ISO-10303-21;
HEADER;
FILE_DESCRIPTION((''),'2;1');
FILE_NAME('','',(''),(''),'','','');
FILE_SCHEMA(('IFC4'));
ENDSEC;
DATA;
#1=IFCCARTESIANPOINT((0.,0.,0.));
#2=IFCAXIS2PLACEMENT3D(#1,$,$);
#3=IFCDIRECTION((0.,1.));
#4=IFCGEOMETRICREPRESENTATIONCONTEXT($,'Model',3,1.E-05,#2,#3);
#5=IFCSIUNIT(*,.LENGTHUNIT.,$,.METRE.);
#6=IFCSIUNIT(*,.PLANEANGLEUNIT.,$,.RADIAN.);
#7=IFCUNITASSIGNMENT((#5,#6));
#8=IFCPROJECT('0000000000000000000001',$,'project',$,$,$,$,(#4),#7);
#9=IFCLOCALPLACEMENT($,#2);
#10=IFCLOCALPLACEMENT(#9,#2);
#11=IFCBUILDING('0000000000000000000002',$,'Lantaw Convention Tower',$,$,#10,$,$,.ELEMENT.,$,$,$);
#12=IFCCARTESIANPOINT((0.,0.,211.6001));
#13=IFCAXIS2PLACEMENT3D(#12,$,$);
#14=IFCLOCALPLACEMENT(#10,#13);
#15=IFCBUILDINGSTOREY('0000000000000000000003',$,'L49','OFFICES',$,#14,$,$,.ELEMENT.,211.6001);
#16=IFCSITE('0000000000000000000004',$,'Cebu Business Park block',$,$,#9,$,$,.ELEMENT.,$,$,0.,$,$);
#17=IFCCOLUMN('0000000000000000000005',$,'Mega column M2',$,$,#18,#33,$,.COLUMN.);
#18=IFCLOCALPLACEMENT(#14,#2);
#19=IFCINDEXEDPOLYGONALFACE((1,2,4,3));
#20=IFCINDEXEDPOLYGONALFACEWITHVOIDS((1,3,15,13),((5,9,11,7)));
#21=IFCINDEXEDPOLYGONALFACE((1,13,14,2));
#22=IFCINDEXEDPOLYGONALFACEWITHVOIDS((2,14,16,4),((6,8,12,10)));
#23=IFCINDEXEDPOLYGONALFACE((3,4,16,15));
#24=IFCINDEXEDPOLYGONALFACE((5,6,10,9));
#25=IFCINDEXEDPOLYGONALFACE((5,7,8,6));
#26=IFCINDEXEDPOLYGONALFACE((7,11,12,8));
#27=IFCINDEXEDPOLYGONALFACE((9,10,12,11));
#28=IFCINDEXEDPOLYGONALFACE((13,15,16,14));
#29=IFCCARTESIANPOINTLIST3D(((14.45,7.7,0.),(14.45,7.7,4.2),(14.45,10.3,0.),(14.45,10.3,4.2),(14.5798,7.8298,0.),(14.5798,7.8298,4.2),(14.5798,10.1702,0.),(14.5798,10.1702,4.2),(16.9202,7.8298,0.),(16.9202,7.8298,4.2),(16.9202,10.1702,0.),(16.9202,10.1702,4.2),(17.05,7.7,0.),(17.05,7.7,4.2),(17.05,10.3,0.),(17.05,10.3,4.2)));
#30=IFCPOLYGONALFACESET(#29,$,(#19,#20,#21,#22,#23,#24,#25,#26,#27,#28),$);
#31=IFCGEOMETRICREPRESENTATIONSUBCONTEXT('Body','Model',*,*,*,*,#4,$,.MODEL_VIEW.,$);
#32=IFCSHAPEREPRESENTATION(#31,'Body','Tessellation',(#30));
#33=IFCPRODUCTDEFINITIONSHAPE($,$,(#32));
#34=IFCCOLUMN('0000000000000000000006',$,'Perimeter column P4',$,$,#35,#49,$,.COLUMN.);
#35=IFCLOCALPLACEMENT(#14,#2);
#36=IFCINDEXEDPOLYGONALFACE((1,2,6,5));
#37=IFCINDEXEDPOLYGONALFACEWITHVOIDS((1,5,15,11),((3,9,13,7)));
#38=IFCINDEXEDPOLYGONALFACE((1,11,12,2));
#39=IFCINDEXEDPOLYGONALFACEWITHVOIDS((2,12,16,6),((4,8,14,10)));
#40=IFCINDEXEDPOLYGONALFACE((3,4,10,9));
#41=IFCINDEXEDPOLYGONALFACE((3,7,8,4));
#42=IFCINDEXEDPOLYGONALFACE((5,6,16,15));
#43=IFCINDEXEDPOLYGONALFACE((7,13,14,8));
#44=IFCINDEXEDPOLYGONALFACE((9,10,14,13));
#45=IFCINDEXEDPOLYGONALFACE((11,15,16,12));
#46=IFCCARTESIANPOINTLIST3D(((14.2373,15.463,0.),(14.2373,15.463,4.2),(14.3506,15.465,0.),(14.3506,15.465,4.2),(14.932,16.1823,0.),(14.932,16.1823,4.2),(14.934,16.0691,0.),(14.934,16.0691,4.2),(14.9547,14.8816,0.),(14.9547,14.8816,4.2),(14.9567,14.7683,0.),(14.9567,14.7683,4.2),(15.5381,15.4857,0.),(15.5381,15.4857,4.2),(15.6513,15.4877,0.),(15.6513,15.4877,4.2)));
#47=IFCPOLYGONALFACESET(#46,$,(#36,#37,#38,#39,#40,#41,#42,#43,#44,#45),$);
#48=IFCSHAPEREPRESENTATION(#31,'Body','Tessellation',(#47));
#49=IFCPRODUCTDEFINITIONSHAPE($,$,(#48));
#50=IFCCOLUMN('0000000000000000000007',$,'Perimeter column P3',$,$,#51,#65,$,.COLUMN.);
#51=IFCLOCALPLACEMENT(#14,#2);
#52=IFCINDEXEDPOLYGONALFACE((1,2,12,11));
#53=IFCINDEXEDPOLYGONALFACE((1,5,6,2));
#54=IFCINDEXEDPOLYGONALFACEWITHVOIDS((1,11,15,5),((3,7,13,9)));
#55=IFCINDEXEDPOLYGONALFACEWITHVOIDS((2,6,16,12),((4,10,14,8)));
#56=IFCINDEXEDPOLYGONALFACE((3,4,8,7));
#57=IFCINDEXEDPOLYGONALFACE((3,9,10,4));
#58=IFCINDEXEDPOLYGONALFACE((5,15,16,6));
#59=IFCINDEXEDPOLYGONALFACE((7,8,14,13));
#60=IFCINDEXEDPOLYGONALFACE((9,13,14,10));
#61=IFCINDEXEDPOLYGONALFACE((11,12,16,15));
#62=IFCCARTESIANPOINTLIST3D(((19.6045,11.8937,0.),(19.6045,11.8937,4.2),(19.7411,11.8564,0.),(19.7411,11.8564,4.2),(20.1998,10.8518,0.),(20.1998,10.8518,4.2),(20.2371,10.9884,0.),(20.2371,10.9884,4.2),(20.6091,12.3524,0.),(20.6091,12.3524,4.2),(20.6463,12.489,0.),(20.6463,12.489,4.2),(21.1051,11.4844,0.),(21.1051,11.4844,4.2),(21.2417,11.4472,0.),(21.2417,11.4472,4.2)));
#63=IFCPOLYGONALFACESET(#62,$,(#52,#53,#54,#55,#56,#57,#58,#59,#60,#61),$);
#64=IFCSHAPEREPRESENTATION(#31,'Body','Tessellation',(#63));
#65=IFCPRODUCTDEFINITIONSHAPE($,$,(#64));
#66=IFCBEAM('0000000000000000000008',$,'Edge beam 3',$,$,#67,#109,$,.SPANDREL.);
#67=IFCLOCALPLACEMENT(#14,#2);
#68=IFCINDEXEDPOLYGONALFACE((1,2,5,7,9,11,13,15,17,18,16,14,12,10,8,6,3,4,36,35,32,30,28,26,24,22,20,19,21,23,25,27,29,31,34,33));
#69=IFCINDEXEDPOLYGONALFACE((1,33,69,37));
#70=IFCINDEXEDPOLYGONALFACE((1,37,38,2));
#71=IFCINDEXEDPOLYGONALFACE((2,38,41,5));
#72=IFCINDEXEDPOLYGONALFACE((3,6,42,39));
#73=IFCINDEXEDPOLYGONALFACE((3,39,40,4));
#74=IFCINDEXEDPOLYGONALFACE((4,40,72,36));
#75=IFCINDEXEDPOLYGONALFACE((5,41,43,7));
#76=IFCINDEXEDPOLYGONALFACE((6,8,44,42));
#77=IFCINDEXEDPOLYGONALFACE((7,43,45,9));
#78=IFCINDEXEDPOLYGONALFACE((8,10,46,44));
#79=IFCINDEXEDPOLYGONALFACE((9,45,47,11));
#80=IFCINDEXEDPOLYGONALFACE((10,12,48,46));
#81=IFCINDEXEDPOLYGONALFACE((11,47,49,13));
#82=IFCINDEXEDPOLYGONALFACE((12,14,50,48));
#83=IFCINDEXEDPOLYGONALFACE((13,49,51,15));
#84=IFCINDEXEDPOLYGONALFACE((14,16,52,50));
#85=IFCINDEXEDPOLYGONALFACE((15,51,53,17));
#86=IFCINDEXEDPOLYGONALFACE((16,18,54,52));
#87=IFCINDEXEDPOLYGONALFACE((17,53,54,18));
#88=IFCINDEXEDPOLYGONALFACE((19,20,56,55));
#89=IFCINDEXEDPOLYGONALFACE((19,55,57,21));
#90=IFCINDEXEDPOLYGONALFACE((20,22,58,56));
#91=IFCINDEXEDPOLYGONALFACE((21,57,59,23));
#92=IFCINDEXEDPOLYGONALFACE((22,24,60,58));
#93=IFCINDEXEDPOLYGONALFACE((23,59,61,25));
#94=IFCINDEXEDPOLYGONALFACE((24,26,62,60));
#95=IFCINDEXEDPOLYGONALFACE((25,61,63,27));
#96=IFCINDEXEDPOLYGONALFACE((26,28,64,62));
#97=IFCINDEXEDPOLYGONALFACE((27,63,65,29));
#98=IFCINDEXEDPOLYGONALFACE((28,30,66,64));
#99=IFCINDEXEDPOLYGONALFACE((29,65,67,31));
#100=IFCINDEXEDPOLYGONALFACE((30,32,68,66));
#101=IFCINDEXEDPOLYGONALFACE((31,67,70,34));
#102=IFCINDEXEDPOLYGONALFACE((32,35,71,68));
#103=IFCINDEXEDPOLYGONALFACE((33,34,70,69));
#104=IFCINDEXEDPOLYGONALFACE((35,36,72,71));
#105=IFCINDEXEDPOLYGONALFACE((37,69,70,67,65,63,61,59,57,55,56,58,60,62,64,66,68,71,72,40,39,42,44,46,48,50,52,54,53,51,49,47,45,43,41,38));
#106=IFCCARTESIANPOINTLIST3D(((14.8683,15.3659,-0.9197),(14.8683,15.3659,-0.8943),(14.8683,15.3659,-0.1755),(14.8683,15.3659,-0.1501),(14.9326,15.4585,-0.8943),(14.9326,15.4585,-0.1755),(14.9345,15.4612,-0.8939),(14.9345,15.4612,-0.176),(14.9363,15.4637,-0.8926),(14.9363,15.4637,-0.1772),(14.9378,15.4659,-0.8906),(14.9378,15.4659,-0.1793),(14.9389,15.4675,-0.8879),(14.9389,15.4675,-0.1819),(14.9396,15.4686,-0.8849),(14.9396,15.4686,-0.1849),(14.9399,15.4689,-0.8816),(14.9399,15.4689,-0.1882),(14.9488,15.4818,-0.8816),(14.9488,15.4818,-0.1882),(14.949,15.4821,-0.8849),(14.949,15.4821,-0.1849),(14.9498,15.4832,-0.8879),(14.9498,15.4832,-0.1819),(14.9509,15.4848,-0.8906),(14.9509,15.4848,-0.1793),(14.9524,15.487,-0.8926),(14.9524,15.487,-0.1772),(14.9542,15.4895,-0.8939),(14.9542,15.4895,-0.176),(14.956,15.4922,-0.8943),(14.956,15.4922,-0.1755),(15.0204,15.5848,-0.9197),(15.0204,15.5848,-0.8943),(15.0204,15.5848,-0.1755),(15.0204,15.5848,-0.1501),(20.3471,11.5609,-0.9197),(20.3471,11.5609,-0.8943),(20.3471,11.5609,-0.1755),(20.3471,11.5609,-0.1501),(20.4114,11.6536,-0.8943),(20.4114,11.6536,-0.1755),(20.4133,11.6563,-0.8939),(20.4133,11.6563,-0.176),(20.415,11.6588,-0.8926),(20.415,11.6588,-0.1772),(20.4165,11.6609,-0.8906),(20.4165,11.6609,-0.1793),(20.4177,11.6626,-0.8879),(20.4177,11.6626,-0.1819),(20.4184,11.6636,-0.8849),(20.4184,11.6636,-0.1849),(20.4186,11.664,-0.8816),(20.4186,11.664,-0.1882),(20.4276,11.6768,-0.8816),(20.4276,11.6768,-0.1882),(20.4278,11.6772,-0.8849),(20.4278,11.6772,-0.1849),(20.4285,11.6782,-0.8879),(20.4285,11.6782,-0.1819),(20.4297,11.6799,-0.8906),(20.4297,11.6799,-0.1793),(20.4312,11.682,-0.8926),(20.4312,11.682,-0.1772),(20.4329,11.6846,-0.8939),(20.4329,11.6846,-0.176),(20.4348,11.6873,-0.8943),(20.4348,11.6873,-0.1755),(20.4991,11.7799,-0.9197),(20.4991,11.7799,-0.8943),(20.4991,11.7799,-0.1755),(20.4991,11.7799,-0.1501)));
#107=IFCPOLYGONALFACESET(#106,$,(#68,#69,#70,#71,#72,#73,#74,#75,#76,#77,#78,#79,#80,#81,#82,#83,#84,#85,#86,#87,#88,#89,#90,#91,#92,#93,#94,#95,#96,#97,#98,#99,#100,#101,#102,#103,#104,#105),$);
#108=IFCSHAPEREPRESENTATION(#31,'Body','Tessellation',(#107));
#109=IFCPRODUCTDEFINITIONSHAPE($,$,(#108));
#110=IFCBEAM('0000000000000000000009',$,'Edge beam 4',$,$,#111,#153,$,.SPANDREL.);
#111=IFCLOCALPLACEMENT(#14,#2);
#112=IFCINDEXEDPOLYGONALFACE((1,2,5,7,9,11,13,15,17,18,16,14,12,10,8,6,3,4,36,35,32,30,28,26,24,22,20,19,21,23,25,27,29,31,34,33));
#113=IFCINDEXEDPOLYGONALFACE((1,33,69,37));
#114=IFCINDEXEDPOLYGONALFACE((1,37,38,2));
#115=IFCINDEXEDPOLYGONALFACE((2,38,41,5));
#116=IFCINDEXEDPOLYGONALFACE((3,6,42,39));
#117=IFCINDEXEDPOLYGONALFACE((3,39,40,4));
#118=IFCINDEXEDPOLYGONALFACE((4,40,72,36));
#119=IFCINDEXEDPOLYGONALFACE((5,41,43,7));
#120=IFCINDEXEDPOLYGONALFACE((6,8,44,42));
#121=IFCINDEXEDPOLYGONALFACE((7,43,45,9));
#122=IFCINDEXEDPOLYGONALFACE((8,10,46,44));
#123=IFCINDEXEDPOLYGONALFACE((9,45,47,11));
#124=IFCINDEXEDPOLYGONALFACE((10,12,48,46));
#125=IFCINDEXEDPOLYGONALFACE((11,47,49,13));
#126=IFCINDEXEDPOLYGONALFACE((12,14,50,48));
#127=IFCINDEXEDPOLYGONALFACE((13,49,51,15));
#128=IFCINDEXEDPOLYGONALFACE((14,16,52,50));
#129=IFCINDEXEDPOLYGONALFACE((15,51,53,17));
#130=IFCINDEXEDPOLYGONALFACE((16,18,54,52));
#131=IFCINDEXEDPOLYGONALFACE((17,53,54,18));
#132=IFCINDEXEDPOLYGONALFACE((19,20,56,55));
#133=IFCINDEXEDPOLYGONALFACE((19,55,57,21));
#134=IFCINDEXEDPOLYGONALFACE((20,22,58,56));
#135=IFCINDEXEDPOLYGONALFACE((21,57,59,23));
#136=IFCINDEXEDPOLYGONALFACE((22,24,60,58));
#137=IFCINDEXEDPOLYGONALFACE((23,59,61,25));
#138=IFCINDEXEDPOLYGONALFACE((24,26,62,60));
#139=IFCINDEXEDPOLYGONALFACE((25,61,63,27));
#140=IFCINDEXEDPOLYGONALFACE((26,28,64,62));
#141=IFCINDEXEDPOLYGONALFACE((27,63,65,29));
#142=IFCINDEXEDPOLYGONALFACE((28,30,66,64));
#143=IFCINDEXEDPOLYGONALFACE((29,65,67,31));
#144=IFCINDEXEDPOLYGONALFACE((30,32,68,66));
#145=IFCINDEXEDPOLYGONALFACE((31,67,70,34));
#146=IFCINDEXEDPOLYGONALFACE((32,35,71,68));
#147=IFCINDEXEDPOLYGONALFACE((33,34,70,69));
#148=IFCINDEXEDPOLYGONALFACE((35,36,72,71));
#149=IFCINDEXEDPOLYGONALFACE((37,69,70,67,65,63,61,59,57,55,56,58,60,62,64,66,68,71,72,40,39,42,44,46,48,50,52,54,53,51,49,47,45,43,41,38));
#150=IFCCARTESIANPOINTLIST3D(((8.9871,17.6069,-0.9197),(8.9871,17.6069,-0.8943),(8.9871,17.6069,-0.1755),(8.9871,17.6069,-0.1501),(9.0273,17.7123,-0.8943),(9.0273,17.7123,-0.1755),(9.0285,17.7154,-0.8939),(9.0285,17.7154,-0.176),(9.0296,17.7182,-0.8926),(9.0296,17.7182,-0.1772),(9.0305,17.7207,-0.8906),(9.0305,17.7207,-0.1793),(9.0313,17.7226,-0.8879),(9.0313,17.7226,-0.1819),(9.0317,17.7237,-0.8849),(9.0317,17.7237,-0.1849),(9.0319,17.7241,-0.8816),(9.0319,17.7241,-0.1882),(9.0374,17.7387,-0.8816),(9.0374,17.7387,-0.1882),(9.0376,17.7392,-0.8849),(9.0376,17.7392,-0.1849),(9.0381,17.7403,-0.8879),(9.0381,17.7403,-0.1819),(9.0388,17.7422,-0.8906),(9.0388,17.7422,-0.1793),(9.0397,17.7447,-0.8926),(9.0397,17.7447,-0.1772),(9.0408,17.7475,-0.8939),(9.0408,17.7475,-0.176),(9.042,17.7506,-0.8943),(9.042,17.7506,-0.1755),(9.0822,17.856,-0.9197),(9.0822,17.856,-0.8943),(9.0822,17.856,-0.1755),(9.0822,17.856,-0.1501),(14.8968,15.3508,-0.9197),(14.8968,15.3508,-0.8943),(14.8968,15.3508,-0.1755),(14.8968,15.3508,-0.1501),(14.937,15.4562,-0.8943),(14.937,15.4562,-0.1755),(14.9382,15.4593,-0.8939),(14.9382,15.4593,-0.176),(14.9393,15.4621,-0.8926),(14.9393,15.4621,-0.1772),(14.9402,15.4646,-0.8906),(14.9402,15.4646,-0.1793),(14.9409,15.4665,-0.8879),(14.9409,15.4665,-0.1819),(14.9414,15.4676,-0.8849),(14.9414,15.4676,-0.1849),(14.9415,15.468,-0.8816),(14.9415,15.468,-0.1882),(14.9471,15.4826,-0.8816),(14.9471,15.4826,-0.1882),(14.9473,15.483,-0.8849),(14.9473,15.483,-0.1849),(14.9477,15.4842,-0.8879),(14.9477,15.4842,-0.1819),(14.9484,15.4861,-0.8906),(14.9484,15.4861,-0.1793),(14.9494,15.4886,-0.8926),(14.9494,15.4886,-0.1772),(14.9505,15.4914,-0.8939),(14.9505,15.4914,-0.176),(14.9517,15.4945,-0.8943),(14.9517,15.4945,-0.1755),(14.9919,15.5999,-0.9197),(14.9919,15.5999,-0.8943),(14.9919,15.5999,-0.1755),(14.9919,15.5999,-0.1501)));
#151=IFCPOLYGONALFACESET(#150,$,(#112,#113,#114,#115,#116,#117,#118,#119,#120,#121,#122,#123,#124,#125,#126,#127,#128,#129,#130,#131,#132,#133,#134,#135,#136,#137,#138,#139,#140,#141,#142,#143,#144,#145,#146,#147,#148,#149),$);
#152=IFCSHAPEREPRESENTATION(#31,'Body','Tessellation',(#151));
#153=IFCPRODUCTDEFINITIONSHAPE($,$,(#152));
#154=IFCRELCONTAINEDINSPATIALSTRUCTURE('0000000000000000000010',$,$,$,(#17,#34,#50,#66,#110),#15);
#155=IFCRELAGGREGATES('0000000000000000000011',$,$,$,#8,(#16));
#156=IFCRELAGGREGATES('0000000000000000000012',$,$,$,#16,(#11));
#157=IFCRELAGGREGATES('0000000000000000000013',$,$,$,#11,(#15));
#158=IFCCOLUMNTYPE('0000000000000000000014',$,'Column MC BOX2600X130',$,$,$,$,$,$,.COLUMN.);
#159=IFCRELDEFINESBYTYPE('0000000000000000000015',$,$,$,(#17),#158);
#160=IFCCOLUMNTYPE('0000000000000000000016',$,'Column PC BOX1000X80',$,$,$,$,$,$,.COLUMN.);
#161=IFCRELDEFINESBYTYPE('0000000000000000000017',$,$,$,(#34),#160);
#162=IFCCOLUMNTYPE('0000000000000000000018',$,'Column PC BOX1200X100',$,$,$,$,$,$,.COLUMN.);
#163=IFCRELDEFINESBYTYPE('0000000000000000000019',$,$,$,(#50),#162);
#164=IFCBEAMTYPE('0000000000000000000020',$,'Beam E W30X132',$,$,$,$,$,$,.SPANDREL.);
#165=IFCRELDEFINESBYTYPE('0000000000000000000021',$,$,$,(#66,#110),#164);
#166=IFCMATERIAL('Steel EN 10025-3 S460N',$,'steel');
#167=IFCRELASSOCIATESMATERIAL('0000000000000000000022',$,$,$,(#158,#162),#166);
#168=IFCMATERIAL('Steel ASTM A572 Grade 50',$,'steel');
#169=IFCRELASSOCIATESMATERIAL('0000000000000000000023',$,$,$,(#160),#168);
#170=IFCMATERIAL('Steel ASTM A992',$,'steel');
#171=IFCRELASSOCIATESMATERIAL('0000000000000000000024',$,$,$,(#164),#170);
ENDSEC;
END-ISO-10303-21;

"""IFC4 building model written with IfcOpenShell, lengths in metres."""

from ifc_helpers import new_model, si_unit, direction, frame, origin, origin_2d, place, context, subcontext, project, spatial, rectangle, hollow_rectangle, i_section, extrude, material, material_profile, profile_set, type_object, element, save


model = new_model("IFC4")

# Units and contexts
model_context = context("Model", 3, precision=1e-05, world=origin(), true_north=direction((0.0, 1.0)))
body_context = subcontext(model_context, "Body", "Model", "MODEL_VIEW")
ifc_project = project(units=[si_unit("LENGTHUNIT", "METRE"), si_unit("PLANEANGLEUNIT", "RADIAN")], contexts=[model_context])

# Site, building, storey
site_placement = place(None, origin())
site = spatial("IfcSite", under=ifc_project, at=site_placement, Name="Cebu Business Park block", CompositionType="ELEMENT", RefElevation=0.0)
building_placement = place(site_placement, origin())
building = spatial("IfcBuilding", under=site, at=building_placement, Name="Lantaw Convention Tower", CompositionType="ELEMENT")
storey_placement = place(building_placement, frame((0.0, 0.0, 211.6001)))
storey = spatial("IfcBuildingStorey", under=building, at=storey_placement, Name="L49", Description="OFFICES", CompositionType="ELEMENT", Elevation=211.6001)

# Columns
ifc_material_1 = material(Name="Steel EN 10025-3 S460N", Category="steel")
ifc_material_profile_1 = material_profile(ifc_material_1, hollow_rectangle(XDim=2.6001, YDim=2.6001, WallThickness=0.1299, at=origin_2d()), Name="BOX2600X130")
ifc_material_2 = material(Name="Concrete C60/75", Category="concrete")
ifc_material_profile_2 = material_profile(ifc_material_2, rectangle(XDim=2.3401, YDim=2.3401, at=origin_2d()), Name="Concrete fill of BOX2600X130")
ifc_profile_set_1 = profile_set([ifc_material_profile_1, ifc_material_profile_2], Name="Steel EN 10025-3 S460N")
column_type_1 = type_object("IfcColumnType", Name="Column MC BOX2600X130", PredefinedType="COLUMN", material=ifc_profile_set_1)
column_1_placement = place(storey_placement, frame((15.75, 9.0, 0.0), z_axis=(0.0, 0.0, 1.0), x_axis=(1.0, 0.0, 0.0)))
element("IfcColumn", 1, at=column_1_placement, inside=storey, type_object=column_type_1, Name="Mega column M2", PredefinedType="COLUMN", context=body_context, shape_type="SweptSolid", body=[
    extrude(hollow_rectangle(XDim=2.6001, YDim=2.6001, WallThickness=0.1299, at=origin_2d()), origin(), (0.0, 0.0, 1.0), 4.2),
])
ifc_material_3 = material(Name="Steel ASTM A572 Grade 50", Category="steel")
ifc_material_profile_3 = material_profile(ifc_material_3, hollow_rectangle(XDim=1.0, YDim=1.0, WallThickness=0.0801, at=origin_2d()), Name="BOX1000X80")
ifc_material_profile_4 = material_profile(ifc_material_2, rectangle(XDim=0.8401, YDim=0.8401, at=origin_2d()), Name="Concrete fill of BOX1000X80")
ifc_profile_set_2 = profile_set([ifc_material_profile_3, ifc_material_profile_4], Name="Steel ASTM A572 Grade 50")
column_type_2 = type_object("IfcColumnType", Name="Column PC BOX1000X80", PredefinedType="COLUMN", material=ifc_profile_set_2)
column_2_placement = place(storey_placement, frame((14.9443, 15.4753, 0.0), z_axis=(0.0, 0.0, 1.0), x_axis=(0.694658, 0.71934, 0.0)))
element("IfcColumn", 2, at=column_2_placement, inside=storey, type_object=column_type_2, Name="Perimeter column P4", PredefinedType="COLUMN", context=body_context, shape_type="SweptSolid", body=[
    extrude(hollow_rectangle(XDim=1.0, YDim=1.0, WallThickness=0.0801, at=origin_2d()), origin(), (0.0, 0.0, 1.0), 4.2),
])
ifc_material_profile_5 = material_profile(ifc_material_1, hollow_rectangle(XDim=1.2, YDim=1.2, WallThickness=0.1001, at=origin_2d()), Name="BOX1200X100")
ifc_material_profile_6 = material_profile(ifc_material_2, rectangle(XDim=1.0, YDim=1.0, at=origin_2d()), Name="Concrete fill of BOX1200X100")
ifc_profile_set_3 = profile_set([ifc_material_profile_5, ifc_material_profile_6], Name="Steel EN 10025-3 S460N")
column_type_3 = type_object("IfcColumnType", Name="Column PC BOX1200X100", PredefinedType="COLUMN", material=ifc_profile_set_3)
column_3_placement = place(storey_placement, frame((20.4231, 11.6704, 0.0), z_axis=(0.0, 0.0, 1.0), x_axis=(0.868243, 0.496139, 0.0)))
element("IfcColumn", 3, at=column_3_placement, inside=storey, type_object=column_type_3, Name="Perimeter column P3", PredefinedType="COLUMN", context=body_context, shape_type="SweptSolid", body=[
    extrude(hollow_rectangle(XDim=1.2, YDim=1.2, WallThickness=0.1001, at=origin_2d()), origin(), (0.0, 0.0, 1.0), 4.2),
])

# Beams
ifc_material_4 = material(Name="Steel ASTM A992", Category="steel")
ifc_material_profile_7 = material_profile(ifc_material_4, i_section(OverallWidth=0.2666, OverallDepth=0.7695, WebThickness=0.0156, FlangeThickness=0.0254, FilletRadius=0.0127, at=origin_2d()), Name="W30X132")
ifc_profile_set_4 = profile_set([ifc_material_profile_7], Name="Steel ASTM A992")
beam_type_1 = type_object("IfcBeamType", Name="Beam E W30X132", PredefinedType="SPANDREL", material=ifc_profile_set_4)
beam_1_placement = place(storey_placement, frame((20.4231, 11.6704, -0.5349), z_axis=(-0.821353, 0.57042, 0.0), x_axis=(-0.57042, -0.821353, 0.0)))
element("IfcBeam", 4, at=beam_1_placement, inside=storey, type_object=beam_type_1, Name="Edge beam 3", PredefinedType="SPANDREL", context=body_context, shape_type="SweptSolid", body=[
    extrude(i_section(OverallWidth=0.2666, OverallDepth=0.7695, WebThickness=0.0156, FlangeThickness=0.0254, FilletRadius=0.0127, at=origin_2d()), origin(), (0.0, 0.0, 1.0), 6.6704),
])
beam_2_placement = place(storey_placement, frame((14.9443, 15.4753, -0.5349), z_axis=(-0.934235, 0.356658, 0.0), x_axis=(-0.356658, -0.934235, 0.0)))
element("IfcBeam", 5, at=beam_2_placement, inside=storey, type_object=beam_type_1, Name="Edge beam 4", PredefinedType="SPANDREL", context=body_context, shape_type="SweptSolid", body=[
    extrude(i_section(OverallWidth=0.2666, OverallDepth=0.7695, WebThickness=0.0156, FlangeThickness=0.0254, FilletRadius=0.0127, at=origin_2d()), origin(), (0.0, 0.0, 1.0), 6.3257),
])

save(model, "model.ifc")
